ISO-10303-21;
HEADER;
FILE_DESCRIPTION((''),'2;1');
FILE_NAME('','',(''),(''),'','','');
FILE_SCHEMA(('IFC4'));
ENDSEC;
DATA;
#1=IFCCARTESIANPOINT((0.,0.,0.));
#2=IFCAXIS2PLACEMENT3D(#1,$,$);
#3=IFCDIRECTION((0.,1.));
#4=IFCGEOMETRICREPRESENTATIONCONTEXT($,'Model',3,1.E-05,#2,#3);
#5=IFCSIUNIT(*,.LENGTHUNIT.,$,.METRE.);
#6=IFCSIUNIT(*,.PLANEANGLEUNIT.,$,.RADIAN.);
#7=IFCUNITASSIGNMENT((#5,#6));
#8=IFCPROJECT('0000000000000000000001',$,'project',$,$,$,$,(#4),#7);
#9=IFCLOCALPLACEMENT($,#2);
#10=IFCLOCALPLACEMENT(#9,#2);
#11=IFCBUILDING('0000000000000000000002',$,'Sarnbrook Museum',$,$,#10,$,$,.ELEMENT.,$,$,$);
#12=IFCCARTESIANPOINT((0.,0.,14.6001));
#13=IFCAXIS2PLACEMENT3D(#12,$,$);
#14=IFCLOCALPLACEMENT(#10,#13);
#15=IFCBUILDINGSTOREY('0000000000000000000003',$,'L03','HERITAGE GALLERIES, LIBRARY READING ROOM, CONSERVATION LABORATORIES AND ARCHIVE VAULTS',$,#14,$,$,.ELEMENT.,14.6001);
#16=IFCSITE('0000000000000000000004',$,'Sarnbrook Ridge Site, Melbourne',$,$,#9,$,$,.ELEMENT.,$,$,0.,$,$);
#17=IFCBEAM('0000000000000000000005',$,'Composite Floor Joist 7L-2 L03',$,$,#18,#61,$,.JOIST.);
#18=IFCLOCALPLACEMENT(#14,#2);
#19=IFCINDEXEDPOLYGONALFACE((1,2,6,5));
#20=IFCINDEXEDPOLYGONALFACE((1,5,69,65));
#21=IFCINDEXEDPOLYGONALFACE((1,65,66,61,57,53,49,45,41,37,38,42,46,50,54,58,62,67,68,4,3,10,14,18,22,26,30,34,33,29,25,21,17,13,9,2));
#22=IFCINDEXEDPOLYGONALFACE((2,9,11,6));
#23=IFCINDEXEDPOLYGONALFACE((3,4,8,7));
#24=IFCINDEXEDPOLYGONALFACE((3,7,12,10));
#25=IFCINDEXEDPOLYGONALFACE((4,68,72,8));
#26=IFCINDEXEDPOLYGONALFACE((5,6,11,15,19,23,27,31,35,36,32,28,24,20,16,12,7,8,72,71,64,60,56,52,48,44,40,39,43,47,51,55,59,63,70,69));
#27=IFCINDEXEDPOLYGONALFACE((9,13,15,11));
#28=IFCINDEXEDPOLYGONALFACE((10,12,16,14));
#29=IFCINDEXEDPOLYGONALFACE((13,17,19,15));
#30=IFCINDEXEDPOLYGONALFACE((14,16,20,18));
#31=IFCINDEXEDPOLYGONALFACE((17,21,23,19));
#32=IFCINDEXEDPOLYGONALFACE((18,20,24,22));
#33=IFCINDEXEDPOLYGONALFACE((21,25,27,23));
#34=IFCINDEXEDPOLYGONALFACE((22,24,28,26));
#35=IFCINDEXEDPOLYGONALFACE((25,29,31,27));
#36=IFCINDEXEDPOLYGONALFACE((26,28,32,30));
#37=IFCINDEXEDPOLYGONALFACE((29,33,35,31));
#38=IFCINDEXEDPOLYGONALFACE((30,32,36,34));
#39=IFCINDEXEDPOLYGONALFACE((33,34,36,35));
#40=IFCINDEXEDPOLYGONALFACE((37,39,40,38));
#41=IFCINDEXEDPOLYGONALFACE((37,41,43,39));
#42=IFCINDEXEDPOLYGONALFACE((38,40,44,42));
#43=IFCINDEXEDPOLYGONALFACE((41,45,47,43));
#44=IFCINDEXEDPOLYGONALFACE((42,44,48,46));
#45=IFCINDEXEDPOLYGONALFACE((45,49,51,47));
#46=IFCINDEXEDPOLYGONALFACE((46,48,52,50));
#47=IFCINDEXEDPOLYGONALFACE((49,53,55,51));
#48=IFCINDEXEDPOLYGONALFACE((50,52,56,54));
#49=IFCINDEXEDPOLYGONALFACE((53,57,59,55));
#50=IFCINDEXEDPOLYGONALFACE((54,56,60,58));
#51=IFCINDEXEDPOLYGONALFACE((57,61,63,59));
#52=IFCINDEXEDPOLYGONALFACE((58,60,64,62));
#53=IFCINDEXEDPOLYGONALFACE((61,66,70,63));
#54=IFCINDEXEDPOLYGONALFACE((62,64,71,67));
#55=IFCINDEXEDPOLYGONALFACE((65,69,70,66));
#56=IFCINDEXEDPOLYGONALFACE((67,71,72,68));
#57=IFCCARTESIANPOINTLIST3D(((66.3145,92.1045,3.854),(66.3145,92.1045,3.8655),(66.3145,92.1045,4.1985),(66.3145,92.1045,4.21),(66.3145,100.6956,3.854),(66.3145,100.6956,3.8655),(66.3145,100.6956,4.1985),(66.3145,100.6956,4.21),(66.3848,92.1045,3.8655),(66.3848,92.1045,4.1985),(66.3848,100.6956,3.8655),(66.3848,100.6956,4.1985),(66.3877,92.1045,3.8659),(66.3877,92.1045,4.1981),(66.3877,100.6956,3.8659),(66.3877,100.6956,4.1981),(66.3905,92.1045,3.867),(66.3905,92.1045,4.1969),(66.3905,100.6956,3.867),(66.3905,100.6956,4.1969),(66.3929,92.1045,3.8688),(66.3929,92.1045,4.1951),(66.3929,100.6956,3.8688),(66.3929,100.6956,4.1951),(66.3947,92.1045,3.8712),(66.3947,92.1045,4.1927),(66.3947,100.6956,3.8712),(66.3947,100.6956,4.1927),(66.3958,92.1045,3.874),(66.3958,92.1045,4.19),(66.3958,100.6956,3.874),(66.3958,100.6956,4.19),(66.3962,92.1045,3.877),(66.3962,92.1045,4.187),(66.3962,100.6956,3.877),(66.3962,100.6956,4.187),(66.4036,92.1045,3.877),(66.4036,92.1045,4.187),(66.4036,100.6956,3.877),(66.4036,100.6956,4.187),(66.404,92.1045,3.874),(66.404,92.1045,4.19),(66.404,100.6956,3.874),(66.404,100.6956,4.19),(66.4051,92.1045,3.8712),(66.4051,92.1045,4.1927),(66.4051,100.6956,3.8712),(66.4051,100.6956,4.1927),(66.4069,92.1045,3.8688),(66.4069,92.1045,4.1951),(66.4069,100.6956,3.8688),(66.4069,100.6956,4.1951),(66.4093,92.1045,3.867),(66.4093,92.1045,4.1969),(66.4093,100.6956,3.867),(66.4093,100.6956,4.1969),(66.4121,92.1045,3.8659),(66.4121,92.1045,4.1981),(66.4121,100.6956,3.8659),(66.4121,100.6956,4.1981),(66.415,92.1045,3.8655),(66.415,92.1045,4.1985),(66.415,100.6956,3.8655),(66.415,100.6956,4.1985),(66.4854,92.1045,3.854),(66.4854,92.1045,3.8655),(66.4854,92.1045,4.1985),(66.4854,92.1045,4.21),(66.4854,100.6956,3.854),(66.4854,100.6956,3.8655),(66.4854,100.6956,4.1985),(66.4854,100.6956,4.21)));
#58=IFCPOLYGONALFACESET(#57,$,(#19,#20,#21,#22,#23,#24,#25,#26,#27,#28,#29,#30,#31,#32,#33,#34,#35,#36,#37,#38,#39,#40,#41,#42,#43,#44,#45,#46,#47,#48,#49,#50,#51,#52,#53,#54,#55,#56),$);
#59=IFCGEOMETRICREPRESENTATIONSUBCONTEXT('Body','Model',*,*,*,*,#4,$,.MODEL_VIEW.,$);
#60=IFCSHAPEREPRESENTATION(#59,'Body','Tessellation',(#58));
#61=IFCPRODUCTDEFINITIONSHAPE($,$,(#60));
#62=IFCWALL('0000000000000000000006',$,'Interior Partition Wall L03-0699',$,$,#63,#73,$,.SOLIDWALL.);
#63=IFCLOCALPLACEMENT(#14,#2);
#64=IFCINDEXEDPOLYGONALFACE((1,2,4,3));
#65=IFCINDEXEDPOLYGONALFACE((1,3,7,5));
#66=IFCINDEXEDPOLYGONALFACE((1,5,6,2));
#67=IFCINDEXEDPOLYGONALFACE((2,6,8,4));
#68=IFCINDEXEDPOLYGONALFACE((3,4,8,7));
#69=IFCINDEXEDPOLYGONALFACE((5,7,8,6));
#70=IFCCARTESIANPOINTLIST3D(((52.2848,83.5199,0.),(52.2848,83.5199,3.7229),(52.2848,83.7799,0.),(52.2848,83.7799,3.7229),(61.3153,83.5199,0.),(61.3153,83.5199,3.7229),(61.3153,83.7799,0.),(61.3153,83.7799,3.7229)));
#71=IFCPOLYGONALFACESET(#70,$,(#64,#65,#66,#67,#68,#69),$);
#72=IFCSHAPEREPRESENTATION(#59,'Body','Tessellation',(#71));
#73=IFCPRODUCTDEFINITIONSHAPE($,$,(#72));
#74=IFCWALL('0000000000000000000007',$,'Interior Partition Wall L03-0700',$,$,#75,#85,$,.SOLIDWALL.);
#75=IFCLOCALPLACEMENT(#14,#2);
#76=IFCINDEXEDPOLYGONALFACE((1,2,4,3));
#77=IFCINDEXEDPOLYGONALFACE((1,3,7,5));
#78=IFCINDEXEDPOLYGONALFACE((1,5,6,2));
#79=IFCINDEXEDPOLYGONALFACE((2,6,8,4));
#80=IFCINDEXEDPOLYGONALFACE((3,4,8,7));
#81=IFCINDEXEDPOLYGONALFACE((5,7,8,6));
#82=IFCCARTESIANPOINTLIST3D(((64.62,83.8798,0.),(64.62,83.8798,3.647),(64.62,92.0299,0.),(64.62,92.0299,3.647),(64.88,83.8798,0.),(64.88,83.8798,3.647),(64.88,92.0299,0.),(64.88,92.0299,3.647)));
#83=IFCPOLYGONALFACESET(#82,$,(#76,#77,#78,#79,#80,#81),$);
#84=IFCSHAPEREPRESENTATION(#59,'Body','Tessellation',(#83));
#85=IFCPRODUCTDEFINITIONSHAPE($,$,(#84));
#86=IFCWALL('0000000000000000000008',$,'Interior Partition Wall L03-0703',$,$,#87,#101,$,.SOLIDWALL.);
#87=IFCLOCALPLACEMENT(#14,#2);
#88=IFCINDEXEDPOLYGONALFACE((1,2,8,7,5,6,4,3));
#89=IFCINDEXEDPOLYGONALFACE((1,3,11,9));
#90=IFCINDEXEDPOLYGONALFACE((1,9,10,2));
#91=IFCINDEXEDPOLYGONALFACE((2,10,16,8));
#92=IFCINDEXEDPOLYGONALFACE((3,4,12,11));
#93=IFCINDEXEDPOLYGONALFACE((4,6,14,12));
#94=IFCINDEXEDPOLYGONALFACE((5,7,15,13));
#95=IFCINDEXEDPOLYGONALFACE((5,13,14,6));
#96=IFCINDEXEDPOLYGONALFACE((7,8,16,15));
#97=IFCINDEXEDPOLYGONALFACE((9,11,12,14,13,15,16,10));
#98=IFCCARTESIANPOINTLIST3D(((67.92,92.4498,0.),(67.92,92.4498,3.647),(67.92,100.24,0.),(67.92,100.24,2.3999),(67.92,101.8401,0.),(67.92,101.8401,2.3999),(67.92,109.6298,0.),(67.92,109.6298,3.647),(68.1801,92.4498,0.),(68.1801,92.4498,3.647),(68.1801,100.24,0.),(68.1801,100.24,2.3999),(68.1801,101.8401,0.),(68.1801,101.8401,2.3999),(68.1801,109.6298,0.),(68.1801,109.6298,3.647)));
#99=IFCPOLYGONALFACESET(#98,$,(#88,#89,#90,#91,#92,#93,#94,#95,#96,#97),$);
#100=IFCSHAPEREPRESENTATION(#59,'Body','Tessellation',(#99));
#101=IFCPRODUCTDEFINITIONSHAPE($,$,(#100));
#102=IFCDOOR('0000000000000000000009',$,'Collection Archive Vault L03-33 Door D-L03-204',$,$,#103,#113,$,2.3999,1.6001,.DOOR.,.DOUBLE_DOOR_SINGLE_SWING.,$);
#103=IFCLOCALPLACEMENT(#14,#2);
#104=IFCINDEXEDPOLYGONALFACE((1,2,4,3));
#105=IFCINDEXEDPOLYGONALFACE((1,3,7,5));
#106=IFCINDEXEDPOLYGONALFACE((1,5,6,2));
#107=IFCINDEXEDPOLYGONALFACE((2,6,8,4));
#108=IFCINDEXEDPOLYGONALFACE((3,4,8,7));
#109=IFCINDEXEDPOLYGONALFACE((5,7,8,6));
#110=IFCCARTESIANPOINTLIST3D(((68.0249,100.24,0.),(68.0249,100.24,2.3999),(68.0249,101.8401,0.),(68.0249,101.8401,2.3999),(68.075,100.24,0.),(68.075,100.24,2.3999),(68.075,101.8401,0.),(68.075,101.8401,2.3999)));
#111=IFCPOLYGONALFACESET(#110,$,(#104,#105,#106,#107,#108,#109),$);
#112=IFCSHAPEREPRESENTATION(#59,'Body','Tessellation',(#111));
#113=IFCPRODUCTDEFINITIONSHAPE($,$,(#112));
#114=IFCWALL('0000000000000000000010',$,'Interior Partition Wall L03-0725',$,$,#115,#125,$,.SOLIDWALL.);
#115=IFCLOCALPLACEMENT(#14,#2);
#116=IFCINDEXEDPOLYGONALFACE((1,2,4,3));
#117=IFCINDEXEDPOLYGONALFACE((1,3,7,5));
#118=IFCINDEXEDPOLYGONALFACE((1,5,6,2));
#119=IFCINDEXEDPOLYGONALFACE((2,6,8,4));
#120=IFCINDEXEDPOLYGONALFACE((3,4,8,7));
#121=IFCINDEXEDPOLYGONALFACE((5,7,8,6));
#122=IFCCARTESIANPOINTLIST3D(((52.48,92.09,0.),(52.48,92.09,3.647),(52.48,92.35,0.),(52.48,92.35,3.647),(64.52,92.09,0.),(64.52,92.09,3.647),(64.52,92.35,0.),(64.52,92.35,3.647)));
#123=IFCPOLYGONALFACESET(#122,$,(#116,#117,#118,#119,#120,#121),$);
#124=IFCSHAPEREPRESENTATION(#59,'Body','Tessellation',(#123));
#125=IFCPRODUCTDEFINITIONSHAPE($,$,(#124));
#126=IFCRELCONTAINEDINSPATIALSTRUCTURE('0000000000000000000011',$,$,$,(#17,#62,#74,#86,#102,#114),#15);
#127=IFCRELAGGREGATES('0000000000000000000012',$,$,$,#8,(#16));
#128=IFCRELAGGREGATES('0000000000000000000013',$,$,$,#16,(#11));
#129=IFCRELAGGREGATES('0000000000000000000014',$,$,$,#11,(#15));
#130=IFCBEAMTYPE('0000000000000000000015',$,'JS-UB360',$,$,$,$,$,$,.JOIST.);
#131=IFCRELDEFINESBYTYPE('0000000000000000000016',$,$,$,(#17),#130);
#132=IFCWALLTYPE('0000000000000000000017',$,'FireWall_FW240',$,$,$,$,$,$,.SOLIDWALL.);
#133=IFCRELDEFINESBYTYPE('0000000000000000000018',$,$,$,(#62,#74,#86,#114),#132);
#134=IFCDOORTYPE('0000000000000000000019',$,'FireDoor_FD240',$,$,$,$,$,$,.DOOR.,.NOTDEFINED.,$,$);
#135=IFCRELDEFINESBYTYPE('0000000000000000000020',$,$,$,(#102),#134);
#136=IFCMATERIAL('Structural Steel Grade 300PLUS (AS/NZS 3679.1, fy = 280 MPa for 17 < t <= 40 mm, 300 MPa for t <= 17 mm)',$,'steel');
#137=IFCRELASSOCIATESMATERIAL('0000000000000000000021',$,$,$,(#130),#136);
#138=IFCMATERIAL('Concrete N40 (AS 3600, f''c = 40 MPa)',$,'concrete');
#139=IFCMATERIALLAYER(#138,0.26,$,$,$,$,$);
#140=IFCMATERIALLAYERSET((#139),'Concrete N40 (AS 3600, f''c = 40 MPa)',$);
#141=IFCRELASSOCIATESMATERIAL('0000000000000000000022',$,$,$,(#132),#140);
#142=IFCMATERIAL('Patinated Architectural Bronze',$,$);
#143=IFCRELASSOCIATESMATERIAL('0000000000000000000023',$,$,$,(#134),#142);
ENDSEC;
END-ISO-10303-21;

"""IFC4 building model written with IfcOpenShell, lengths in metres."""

from ifc_helpers import new_model, si_unit, direction, frame, frame_2d, origin, origin_2d, place, context, subcontext, project, spatial, rectangle, i_section, extrude, material, layer, layer_set, material_profile, profile_set, type_object, element, fill, save


model = new_model("IFC4")

# Units and contexts
model_context = context("Model", 3, precision=1e-05, world=origin(), true_north=direction((0.0, 1.0)))
body_context = subcontext(model_context, "Body", "Model", "MODEL_VIEW")
ifc_project = project(units=[si_unit("LENGTHUNIT", "METRE"), si_unit("PLANEANGLEUNIT", "RADIAN")], contexts=[model_context])

# Site, building, storey
site_placement = place(None, origin())
site = spatial("IfcSite", under=ifc_project, at=site_placement, Name="Sarnbrook Ridge Site, Melbourne", CompositionType="ELEMENT", RefElevation=0.0)
building_placement = place(site_placement, origin())
building = spatial("IfcBuilding", under=site, at=building_placement, Name="Sarnbrook Museum", CompositionType="ELEMENT")
storey_placement = place(building_placement, frame((0.0, 0.0, 14.6001)))
storey = spatial("IfcBuildingStorey", under=building, at=storey_placement, Name="L03", Description="HERITAGE GALLERIES, LIBRARY READING ROOM, CONSERVATION LABORATORIES AND ARCHIVE VAULTS", CompositionType="ELEMENT", Elevation=14.6001)

# Shared definitions
ifc_material_1 = material(Name="Structural Steel Grade 300PLUS (AS/NZS 3679.1, fy = 280 MPa for 17 < t <= 40 mm, 300 MPa for t <= 17 mm)", Category="steel")

# Beam
ifc_material_profile_1 = material_profile(ifc_material_1, i_section(OverallWidth=0.1709, OverallDepth=0.356, WebThickness=0.0073, FlangeThickness=0.0115, FilletRadius=0.0115, at=origin_2d()), Name="360UB50.7")
ifc_profile_set_1 = profile_set([ifc_material_profile_1], Name="Structural Steel Grade 300PLUS (AS/NZS 3679.1, fy = 280 MPa for 17 < t <= 40 mm, 300 MPa for t <= 17 mm)")
beam_type_1 = type_object("IfcBeamType", Name="JS-UB360", PredefinedType="JOIST", material=ifc_profile_set_1)
for number, where, z_axis, x_axis, name in (
    (1, (66.3999, 92.1045, 4.032), (0.0, 1.0, 0.0), (-1.0, 0.0, 0.0), "Composite Floor Joist 7L-2 L03"),
):
    element("IfcBeam", number, at=place(storey_placement, frame(where, z_axis=z_axis, x_axis=x_axis)), inside=storey, type_object=beam_type_1, Name=name, PredefinedType="JOIST", context=body_context, shape_type="SweptSolid", body=[
        extrude(i_section(OverallWidth=0.1709, OverallDepth=0.356, WebThickness=0.0073, FlangeThickness=0.0115, FilletRadius=0.0115, at=origin_2d()), origin(), (0.0, 0.0, 1.0), 8.5911),
    ])

# Shared definitions
ifc_material_2 = material(Name="Concrete N40 (AS 3600, f'c = 40 MPa)", Category="concrete")
ifc_layer = layer(ifc_material_2, 0.26)
ifc_layer_set = layer_set([ifc_layer], Name="Concrete N40 (AS 3600, f'c = 40 MPa)")
wall_type = type_object("IfcWallType", Name="FireWall_FW240", PredefinedType="SOLIDWALL", material=ifc_layer_set)
ifc_material_3 = material(Name="Patinated Architectural Bronze")
door_type = type_object("IfcDoorType", Name="FireDoor_FD240", OperationType="NOTDEFINED", PredefinedType="DOOR", material=ifc_material_3)

# Walls
wall_1_placement = place(storey_placement, frame((61.3152, 83.6499, 0.0), z_axis=(0.0, 0.0, 1.0), x_axis=(-1.0, 0.0, 0.0)))
element("IfcWall", 2, at=wall_1_placement, inside=storey, type_object=wall_type, Name="Interior Partition Wall L03-0699", PredefinedType="SOLIDWALL", context=body_context, shape_type="SweptSolid", body=[
    extrude(rectangle(XDim=9.0305, YDim=0.26, at=frame_2d((4.5151, 0.0))), origin(), (0.0, 0.0, 1.0), 3.7229),
])
wall_2_placement = place(storey_placement, frame((64.75, 92.03, 0.0), z_axis=(0.0, 0.0, 1.0), x_axis=(0.0, -1.0, 0.0)))
element("IfcWall", 3, at=wall_2_placement, inside=storey, type_object=wall_type, Name="Interior Partition Wall L03-0700", PredefinedType="SOLIDWALL", context=body_context, shape_type="SweptSolid", body=[
    extrude(rectangle(XDim=8.1501, YDim=0.26, at=frame_2d((4.0752, 0.0))), origin(), (0.0, 0.0, 1.0), 3.647),
])

# Wall, opening, door
wall_3_placement = place(storey_placement, frame((68.05, 92.45, 0.0), z_axis=(0.0, 0.0, 1.0), x_axis=(0.0, 1.0, 0.0)))
wall_3 = element("IfcWall", 4, at=wall_3_placement, inside=storey, type_object=wall_type, Name="Interior Partition Wall L03-0703", PredefinedType="SOLIDWALL", context=body_context, shape_type="SweptSolid", body=[
    extrude(rectangle(XDim=17.1799, YDim=0.26, at=frame_2d((8.5898, 0.0))), origin(), (0.0, 0.0, 1.0), 3.647),
])
opening_1_placement = place(wall_3_placement, frame((7.79, 0.0, 0.0)))
opening_1 = element("IfcOpeningElement", 5, at=opening_1_placement, cuts=wall_3, PredefinedType="OPENING", context=body_context, shape_type="SweptSolid", body=[
    extrude(rectangle(XDim=1.6001, YDim=2.3999, at=frame_2d((0.8, 1.2))), frame((0.0, 0.1401, 0.0), z_axis=(0.0, -1.0, 0.0), x_axis=(1.0, 0.0, 0.0)), (0.0, 0.0, 1.0), 0.28),
])
door_1_placement = place(opening_1_placement, frame((1.6001, 0.0, 0.0), z_axis=(0.0, 0.0, 1.0), x_axis=(-1.0, 0.0, 0.0)))
door_1 = element("IfcDoor", 6, at=door_1_placement, inside=storey, type_object=door_type, Name="Collection Archive Vault L03-33 Door D-L03-204", OperationType="DOUBLE_DOOR_SINGLE_SWING", OverallHeight=2.3999, OverallWidth=1.6001, PredefinedType="DOOR", context=body_context, shape_type="SweptSolid", body=[
    extrude(rectangle(XDim=1.6001, YDim=2.3999, at=frame_2d((0.8, 1.2))), frame((0.0, 0.0249, 0.0), z_axis=(0.0, -1.0, 0.0), x_axis=(1.0, 0.0, 0.0)), (0.0, 0.0, 1.0), 0.05),
])
fill(opening_1, door_1)

# Wall
wall_4_placement = place(storey_placement, frame((64.52, 92.22, 0.0), z_axis=(0.0, 0.0, 1.0), x_axis=(-1.0, 0.0, 0.0)))
element("IfcWall", 7, at=wall_4_placement, inside=storey, type_object=wall_type, Name="Interior Partition Wall L03-0725", PredefinedType="SOLIDWALL", context=body_context, shape_type="SweptSolid", body=[
    extrude(rectangle(XDim=12.04, YDim=0.26, at=frame_2d((6.02, 0.0))), origin(), (0.0, 0.0, 1.0), 3.647),
])

save(model, "model.ifc")
